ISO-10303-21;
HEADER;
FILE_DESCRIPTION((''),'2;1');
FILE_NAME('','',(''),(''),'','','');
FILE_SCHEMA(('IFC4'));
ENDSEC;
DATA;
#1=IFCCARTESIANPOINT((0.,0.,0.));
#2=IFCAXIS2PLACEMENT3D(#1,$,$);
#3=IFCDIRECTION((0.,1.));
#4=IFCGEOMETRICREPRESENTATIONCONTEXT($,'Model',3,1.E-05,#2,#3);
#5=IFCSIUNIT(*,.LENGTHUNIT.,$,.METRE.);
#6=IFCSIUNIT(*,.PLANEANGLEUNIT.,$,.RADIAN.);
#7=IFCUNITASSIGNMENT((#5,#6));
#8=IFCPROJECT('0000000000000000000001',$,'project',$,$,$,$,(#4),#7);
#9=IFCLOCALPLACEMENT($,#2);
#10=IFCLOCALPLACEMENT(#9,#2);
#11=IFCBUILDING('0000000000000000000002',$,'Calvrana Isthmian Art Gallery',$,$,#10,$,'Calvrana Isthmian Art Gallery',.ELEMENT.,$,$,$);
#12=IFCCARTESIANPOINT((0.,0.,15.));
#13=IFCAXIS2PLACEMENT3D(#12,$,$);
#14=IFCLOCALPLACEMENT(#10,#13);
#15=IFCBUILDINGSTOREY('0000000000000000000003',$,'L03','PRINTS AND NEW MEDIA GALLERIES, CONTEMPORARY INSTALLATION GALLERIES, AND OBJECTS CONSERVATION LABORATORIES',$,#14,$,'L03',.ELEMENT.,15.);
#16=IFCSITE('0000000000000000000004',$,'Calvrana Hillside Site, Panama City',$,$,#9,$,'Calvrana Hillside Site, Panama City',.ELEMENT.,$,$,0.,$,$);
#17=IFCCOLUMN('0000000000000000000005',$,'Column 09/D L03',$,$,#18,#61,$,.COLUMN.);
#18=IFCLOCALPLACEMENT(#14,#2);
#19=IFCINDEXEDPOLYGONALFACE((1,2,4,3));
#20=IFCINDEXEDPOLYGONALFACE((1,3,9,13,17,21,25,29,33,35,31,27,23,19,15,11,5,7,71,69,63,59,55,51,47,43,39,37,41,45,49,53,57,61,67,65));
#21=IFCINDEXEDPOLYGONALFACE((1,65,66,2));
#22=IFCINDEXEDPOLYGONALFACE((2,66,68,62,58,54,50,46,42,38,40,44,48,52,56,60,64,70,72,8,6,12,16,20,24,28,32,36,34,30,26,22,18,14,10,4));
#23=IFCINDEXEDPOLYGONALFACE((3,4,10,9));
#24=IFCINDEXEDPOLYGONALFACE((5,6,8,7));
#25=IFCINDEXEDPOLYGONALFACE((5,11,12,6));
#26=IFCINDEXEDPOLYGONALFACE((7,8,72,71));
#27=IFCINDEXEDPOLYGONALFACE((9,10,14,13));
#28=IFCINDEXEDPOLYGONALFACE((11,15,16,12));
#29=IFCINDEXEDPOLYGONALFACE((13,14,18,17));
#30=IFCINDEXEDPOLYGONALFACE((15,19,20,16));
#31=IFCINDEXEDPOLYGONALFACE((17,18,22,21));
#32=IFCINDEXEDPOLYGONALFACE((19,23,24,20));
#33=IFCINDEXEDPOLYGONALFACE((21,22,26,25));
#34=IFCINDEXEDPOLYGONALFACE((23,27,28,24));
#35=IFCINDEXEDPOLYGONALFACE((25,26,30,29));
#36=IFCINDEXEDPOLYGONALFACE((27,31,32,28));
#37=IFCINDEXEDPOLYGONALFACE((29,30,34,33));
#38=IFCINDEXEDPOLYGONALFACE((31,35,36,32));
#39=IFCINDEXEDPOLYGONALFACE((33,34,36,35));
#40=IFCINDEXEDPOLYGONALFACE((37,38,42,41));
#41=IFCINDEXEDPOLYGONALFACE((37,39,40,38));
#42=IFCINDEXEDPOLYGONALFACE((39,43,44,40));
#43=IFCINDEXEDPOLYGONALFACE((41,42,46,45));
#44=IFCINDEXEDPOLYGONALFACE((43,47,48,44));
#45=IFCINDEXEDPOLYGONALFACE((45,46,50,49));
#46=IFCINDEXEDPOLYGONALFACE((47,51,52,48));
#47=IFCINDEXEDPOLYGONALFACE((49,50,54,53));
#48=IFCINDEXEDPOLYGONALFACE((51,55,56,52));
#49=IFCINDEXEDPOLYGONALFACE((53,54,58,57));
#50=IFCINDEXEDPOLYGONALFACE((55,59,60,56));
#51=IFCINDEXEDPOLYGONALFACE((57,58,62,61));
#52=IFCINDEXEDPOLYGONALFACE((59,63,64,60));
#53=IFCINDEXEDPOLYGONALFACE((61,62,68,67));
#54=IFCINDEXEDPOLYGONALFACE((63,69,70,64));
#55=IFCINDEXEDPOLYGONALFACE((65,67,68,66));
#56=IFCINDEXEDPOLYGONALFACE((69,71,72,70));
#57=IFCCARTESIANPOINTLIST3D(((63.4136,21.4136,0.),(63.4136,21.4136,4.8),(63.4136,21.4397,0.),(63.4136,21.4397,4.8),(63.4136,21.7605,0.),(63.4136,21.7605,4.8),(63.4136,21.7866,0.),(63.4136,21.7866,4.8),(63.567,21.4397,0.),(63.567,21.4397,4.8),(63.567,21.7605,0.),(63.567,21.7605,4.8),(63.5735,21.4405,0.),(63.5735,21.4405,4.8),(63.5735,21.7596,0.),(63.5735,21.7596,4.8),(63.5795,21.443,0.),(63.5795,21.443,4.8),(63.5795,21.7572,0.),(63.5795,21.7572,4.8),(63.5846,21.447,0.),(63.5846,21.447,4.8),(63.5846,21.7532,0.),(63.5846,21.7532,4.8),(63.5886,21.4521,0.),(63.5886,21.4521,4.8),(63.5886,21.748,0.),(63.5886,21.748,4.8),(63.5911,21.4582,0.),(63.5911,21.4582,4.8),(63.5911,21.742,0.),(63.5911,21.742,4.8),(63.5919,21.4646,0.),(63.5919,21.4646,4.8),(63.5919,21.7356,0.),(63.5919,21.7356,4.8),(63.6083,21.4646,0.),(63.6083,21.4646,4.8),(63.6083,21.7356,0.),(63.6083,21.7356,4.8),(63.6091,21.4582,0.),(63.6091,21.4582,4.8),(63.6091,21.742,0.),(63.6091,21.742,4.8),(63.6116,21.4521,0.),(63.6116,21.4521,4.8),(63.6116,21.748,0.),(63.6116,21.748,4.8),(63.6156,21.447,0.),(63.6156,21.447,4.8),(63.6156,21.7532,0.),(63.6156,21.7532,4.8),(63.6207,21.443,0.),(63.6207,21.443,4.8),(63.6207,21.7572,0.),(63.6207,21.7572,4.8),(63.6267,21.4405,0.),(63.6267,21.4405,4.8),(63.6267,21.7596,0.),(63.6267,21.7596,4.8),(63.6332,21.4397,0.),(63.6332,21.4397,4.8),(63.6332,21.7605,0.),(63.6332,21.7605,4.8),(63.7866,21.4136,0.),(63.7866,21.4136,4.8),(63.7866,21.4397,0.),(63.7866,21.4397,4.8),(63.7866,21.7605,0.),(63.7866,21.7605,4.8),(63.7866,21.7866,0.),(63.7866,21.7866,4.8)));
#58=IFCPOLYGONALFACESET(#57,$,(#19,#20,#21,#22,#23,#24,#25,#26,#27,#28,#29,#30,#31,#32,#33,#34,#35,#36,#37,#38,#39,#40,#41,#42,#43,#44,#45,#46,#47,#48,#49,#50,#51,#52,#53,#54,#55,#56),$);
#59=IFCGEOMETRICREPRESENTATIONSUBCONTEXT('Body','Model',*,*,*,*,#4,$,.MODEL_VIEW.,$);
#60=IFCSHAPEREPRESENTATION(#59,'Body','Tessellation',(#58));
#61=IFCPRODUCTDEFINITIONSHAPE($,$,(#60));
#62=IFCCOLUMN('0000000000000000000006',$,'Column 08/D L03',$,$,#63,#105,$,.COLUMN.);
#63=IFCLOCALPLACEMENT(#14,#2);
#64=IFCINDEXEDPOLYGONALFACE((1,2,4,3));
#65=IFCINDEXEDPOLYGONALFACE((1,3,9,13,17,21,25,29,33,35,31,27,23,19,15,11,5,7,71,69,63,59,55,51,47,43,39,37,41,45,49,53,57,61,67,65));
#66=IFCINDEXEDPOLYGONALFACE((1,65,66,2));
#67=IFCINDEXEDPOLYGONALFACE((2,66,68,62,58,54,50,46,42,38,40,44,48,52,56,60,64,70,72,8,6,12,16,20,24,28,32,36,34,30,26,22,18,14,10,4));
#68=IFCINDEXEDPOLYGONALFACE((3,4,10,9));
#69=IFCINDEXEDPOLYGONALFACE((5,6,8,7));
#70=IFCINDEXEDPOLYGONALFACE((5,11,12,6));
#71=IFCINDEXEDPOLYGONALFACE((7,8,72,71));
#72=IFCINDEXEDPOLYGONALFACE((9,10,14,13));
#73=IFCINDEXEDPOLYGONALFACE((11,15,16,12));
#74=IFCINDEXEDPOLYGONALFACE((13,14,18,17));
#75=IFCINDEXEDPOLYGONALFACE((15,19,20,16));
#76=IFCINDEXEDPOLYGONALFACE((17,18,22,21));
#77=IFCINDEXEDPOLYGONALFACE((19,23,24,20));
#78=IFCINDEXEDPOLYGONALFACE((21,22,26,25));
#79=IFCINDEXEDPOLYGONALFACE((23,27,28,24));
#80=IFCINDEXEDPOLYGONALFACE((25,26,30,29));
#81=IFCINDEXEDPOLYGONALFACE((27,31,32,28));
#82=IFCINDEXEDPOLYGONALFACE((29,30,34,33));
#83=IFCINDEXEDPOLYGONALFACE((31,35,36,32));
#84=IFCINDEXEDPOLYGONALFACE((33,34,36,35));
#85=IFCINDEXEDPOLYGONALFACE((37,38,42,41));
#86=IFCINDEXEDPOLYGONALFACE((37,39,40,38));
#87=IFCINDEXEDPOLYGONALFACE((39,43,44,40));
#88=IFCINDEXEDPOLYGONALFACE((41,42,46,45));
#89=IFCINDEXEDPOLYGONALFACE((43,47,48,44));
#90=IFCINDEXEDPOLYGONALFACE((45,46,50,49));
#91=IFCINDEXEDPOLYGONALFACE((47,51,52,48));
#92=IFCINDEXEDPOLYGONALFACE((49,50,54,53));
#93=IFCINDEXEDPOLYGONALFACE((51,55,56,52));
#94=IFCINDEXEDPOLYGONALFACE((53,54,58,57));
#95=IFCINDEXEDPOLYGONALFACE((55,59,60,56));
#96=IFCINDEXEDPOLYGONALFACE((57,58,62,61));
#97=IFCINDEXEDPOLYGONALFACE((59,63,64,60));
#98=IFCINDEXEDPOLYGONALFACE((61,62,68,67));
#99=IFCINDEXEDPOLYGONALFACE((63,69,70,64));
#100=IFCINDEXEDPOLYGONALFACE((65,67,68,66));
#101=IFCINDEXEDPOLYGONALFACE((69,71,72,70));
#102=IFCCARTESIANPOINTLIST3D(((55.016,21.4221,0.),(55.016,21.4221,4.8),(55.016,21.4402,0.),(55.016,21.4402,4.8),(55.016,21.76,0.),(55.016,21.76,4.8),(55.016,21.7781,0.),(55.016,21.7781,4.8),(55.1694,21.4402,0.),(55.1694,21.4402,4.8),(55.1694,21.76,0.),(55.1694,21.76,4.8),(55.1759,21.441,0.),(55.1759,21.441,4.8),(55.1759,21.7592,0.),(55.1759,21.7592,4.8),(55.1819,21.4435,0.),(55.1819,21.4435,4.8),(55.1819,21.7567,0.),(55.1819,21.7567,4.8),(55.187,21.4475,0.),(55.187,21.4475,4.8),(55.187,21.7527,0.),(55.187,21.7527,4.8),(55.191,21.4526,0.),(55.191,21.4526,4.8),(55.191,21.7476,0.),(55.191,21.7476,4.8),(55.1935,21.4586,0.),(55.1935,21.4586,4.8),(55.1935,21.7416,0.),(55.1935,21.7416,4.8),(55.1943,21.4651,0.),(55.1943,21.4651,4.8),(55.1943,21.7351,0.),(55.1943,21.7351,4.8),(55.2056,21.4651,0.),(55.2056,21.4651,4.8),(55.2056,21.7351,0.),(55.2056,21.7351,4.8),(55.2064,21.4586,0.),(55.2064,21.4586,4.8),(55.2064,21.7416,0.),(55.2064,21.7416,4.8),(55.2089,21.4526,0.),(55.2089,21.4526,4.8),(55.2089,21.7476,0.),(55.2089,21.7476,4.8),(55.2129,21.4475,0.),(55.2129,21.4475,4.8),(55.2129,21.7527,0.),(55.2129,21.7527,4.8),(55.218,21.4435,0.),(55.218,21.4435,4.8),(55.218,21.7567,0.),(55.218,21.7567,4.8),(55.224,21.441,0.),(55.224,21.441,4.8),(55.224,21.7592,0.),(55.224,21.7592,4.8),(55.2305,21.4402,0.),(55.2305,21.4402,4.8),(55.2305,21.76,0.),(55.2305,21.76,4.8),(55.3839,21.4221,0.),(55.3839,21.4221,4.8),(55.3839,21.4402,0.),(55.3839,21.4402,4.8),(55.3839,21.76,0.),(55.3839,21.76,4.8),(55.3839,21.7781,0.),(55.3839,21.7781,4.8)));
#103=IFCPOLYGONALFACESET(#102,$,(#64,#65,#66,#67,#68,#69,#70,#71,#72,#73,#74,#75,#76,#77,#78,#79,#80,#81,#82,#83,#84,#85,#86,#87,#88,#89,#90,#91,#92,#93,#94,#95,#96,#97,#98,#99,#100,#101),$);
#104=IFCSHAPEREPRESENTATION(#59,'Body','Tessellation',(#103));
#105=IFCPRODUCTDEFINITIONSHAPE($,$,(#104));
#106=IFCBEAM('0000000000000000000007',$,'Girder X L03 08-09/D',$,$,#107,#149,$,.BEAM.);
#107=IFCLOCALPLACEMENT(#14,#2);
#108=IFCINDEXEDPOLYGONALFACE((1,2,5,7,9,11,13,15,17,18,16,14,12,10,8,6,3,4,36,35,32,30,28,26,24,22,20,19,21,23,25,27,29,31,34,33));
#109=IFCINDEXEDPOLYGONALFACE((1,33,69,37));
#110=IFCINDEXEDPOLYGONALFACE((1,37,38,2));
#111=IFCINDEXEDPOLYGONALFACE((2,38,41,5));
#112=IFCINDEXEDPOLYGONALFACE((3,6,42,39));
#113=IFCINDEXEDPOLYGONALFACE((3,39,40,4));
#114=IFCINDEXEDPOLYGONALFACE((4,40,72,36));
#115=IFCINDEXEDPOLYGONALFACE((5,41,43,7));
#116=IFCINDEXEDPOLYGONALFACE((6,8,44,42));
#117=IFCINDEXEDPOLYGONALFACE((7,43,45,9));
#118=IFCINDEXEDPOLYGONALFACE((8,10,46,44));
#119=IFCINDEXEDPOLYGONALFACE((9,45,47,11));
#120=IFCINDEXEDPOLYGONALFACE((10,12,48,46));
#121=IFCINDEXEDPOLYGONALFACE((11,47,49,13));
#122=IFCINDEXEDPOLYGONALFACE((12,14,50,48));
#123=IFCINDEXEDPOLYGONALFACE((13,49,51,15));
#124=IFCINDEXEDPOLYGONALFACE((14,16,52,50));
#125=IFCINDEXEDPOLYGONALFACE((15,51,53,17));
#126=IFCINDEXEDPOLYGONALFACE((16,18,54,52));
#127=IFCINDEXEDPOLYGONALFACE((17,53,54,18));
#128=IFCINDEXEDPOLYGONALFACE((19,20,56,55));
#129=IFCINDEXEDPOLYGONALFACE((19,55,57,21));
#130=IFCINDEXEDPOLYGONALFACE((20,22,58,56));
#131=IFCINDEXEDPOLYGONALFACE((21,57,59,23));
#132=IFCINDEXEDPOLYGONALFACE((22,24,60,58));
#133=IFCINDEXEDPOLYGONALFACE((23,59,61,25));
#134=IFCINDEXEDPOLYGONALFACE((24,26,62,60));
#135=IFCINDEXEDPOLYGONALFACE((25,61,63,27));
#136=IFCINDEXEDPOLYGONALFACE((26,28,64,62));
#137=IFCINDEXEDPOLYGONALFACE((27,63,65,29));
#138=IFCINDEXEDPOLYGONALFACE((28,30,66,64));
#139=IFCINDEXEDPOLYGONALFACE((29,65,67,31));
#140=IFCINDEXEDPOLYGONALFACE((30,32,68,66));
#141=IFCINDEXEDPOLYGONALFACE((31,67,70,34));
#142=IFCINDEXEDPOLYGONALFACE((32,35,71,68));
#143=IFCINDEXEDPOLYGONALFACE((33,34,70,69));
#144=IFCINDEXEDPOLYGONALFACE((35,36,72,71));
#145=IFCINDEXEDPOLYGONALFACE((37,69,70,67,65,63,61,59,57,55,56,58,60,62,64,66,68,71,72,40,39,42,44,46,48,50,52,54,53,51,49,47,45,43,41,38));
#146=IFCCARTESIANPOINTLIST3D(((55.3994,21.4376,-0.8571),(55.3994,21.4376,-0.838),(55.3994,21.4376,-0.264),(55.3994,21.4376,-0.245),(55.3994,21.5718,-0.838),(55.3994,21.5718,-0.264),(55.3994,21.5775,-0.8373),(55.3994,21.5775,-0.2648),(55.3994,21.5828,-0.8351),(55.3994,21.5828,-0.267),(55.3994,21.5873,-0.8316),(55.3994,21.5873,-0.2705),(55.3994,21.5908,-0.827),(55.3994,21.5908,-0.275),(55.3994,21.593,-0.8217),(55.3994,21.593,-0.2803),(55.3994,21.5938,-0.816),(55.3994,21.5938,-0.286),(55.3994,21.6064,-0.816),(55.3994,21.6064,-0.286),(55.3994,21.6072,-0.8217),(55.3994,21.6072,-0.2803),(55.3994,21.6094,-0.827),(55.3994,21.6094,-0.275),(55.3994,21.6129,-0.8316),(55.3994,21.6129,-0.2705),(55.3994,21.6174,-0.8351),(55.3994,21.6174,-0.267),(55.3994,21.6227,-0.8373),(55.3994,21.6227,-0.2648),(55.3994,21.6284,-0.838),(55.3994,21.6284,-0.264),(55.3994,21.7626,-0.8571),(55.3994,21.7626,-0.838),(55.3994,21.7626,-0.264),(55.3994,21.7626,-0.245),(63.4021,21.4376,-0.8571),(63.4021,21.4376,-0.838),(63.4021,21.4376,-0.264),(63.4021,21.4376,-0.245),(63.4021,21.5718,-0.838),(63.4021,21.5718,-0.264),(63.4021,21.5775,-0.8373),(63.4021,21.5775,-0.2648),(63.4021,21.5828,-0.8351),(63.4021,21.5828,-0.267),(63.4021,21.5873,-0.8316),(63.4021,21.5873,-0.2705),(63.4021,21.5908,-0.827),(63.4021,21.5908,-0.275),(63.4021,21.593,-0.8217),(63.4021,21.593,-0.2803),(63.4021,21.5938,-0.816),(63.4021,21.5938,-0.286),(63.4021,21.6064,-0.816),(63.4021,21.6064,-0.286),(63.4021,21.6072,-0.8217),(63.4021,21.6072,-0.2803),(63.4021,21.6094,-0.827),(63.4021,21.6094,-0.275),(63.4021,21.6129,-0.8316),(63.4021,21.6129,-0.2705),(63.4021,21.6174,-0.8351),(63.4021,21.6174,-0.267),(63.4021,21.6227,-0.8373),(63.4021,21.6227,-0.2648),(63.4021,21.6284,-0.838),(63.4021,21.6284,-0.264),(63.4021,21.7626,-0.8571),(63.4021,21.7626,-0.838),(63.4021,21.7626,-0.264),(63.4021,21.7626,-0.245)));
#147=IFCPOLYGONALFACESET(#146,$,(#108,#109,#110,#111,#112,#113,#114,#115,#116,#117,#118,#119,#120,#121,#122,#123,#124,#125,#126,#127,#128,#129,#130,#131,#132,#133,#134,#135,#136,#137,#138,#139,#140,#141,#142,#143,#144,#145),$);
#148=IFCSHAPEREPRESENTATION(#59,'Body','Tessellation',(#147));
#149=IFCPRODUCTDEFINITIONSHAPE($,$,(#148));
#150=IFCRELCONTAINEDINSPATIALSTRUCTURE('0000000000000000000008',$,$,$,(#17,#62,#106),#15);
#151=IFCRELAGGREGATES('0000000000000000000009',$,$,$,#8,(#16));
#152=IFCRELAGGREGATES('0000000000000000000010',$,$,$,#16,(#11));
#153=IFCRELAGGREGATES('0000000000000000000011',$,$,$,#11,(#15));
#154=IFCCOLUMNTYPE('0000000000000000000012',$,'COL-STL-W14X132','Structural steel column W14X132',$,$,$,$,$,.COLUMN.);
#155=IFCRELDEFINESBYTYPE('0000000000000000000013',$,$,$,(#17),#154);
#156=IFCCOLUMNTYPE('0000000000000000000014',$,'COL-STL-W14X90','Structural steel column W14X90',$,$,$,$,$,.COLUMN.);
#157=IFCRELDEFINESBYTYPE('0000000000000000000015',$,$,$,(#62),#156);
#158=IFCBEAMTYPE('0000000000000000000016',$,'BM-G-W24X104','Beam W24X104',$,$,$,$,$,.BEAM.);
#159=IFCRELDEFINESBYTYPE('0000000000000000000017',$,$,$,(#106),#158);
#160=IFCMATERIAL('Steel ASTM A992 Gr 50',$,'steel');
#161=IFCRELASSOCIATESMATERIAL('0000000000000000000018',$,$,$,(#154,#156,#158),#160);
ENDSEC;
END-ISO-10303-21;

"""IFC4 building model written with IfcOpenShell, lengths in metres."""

from ifc_helpers import new_model, si_unit, direction, frame, origin, origin_2d, place, context, subcontext, project, spatial, i_section, extrude, material, material_profile, profile_set, type_object, element, save


model = new_model("IFC4")

# Units and contexts
model_context = context("Model", 3, precision=1e-05, world=origin(), true_north=direction((0.0, 1.0)))
body_context = subcontext(model_context, "Body", "Model", "MODEL_VIEW")
ifc_project = project(units=[si_unit("LENGTHUNIT", "METRE"), si_unit("PLANEANGLEUNIT", "RADIAN")], contexts=[model_context])

# Site, building, storey
site_placement = place(None, origin())
site = spatial("IfcSite", under=ifc_project, at=site_placement, Name="Calvrana Hillside Site, Panama City", LongName="Calvrana Hillside Site, Panama City", CompositionType="ELEMENT", RefElevation=0.0)
building_placement = place(site_placement, origin())
building = spatial("IfcBuilding", under=site, at=building_placement, Name="Calvrana Isthmian Art Gallery", LongName="Calvrana Isthmian Art Gallery", CompositionType="ELEMENT")
storey_placement = place(building_placement, frame((0.0, 0.0, 15.0)))
storey = spatial("IfcBuildingStorey", under=building, at=storey_placement, Name="L03", Description="PRINTS AND NEW MEDIA GALLERIES, CONTEMPORARY INSTALLATION GALLERIES, AND OBJECTS CONSERVATION LABORATORIES", LongName="L03", CompositionType="ELEMENT", Elevation=15.0)

# Columns
ifc_material_1 = material(Name="Steel ASTM A992 Gr 50", Category="steel")
ifc_material_profile_1 = material_profile(ifc_material_1, i_section(OverallWidth=0.373, OverallDepth=0.373, WebThickness=0.0164, FlangeThickness=0.0261, FilletRadius=0.0249, at=origin_2d()), Name="W14X132")
ifc_profile_set_1 = profile_set([ifc_material_profile_1], Name="Steel ASTM A992 Gr 50")
column_type_1 = type_object("IfcColumnType", Name="COL-STL-W14X132", Description="Structural steel column W14X132", PredefinedType="COLUMN", material=ifc_profile_set_1)
column_1_placement = place(storey_placement, frame((63.6001, 21.6001, 0.0), z_axis=(0.0, 0.0, 1.0), x_axis=(1.0, 0.0, 0.0)))
element("IfcColumn", 1, at=column_1_placement, inside=storey, type_object=column_type_1, Name="Column 09/D L03", PredefinedType="COLUMN", context=body_context, shape_type="SweptSolid", body=[
    extrude(i_section(OverallWidth=0.373, OverallDepth=0.373, WebThickness=0.0164, FlangeThickness=0.0261, FilletRadius=0.0249, at=origin_2d()), origin(), (0.0, 0.0, 1.0), 4.8),
])
ifc_material_profile_2 = material_profile(ifc_material_1, i_section(OverallWidth=0.3679, OverallDepth=0.356, WebThickness=0.0112, FlangeThickness=0.0181, FilletRadius=0.0249, at=origin_2d()), Name="W14X90")
ifc_profile_set_2 = profile_set([ifc_material_profile_2], Name="Steel ASTM A992 Gr 50")
column_type_2 = type_object("IfcColumnType", Name="COL-STL-W14X90", Description="Structural steel column W14X90", PredefinedType="COLUMN", material=ifc_profile_set_2)
column_2_placement = place(storey_placement, frame((55.2, 21.6001, 0.0), z_axis=(0.0, 0.0, 1.0), x_axis=(1.0, 0.0, 0.0)))
element("IfcColumn", 2, at=column_2_placement, inside=storey, type_object=column_type_2, Name="Column 08/D L03", PredefinedType="COLUMN", context=body_context, shape_type="SweptSolid", body=[
    extrude(i_section(OverallWidth=0.3679, OverallDepth=0.356, WebThickness=0.0112, FlangeThickness=0.0181, FilletRadius=0.0249, at=origin_2d()), origin(), (0.0, 0.0, 1.0), 4.8),
])

# Beam
ifc_material_profile_3 = material_profile(ifc_material_1, i_section(OverallWidth=0.325, OverallDepth=0.6121, WebThickness=0.0127, FlangeThickness=0.019, FilletRadius=0.022, at=origin_2d()), Name="W24X104")
ifc_profile_set_3 = profile_set([ifc_material_profile_3], Name="Steel ASTM A992 Gr 50")
beam_type_1 = type_object("IfcBeamType", Name="BM-G-W24X104", Description="Beam W24X104", PredefinedType="BEAM", material=ifc_profile_set_3)
beam_1_placement = place(storey_placement, frame((55.3994, 21.6001, -0.551), z_axis=(1.0, 0.0, 0.0), x_axis=(0.0, 1.0, 0.0)))
element("IfcBeam", 3, at=beam_1_placement, inside=storey, type_object=beam_type_1, Name="Girder X L03 08-09/D", PredefinedType="BEAM", context=body_context, shape_type="SweptSolid", body=[
    extrude(i_section(OverallWidth=0.325, OverallDepth=0.6121, WebThickness=0.0127, FlangeThickness=0.019, FilletRadius=0.022, at=origin_2d()), origin(), (0.0, 0.0, 1.0), 8.0027),
])

save(model, "model.ifc")
